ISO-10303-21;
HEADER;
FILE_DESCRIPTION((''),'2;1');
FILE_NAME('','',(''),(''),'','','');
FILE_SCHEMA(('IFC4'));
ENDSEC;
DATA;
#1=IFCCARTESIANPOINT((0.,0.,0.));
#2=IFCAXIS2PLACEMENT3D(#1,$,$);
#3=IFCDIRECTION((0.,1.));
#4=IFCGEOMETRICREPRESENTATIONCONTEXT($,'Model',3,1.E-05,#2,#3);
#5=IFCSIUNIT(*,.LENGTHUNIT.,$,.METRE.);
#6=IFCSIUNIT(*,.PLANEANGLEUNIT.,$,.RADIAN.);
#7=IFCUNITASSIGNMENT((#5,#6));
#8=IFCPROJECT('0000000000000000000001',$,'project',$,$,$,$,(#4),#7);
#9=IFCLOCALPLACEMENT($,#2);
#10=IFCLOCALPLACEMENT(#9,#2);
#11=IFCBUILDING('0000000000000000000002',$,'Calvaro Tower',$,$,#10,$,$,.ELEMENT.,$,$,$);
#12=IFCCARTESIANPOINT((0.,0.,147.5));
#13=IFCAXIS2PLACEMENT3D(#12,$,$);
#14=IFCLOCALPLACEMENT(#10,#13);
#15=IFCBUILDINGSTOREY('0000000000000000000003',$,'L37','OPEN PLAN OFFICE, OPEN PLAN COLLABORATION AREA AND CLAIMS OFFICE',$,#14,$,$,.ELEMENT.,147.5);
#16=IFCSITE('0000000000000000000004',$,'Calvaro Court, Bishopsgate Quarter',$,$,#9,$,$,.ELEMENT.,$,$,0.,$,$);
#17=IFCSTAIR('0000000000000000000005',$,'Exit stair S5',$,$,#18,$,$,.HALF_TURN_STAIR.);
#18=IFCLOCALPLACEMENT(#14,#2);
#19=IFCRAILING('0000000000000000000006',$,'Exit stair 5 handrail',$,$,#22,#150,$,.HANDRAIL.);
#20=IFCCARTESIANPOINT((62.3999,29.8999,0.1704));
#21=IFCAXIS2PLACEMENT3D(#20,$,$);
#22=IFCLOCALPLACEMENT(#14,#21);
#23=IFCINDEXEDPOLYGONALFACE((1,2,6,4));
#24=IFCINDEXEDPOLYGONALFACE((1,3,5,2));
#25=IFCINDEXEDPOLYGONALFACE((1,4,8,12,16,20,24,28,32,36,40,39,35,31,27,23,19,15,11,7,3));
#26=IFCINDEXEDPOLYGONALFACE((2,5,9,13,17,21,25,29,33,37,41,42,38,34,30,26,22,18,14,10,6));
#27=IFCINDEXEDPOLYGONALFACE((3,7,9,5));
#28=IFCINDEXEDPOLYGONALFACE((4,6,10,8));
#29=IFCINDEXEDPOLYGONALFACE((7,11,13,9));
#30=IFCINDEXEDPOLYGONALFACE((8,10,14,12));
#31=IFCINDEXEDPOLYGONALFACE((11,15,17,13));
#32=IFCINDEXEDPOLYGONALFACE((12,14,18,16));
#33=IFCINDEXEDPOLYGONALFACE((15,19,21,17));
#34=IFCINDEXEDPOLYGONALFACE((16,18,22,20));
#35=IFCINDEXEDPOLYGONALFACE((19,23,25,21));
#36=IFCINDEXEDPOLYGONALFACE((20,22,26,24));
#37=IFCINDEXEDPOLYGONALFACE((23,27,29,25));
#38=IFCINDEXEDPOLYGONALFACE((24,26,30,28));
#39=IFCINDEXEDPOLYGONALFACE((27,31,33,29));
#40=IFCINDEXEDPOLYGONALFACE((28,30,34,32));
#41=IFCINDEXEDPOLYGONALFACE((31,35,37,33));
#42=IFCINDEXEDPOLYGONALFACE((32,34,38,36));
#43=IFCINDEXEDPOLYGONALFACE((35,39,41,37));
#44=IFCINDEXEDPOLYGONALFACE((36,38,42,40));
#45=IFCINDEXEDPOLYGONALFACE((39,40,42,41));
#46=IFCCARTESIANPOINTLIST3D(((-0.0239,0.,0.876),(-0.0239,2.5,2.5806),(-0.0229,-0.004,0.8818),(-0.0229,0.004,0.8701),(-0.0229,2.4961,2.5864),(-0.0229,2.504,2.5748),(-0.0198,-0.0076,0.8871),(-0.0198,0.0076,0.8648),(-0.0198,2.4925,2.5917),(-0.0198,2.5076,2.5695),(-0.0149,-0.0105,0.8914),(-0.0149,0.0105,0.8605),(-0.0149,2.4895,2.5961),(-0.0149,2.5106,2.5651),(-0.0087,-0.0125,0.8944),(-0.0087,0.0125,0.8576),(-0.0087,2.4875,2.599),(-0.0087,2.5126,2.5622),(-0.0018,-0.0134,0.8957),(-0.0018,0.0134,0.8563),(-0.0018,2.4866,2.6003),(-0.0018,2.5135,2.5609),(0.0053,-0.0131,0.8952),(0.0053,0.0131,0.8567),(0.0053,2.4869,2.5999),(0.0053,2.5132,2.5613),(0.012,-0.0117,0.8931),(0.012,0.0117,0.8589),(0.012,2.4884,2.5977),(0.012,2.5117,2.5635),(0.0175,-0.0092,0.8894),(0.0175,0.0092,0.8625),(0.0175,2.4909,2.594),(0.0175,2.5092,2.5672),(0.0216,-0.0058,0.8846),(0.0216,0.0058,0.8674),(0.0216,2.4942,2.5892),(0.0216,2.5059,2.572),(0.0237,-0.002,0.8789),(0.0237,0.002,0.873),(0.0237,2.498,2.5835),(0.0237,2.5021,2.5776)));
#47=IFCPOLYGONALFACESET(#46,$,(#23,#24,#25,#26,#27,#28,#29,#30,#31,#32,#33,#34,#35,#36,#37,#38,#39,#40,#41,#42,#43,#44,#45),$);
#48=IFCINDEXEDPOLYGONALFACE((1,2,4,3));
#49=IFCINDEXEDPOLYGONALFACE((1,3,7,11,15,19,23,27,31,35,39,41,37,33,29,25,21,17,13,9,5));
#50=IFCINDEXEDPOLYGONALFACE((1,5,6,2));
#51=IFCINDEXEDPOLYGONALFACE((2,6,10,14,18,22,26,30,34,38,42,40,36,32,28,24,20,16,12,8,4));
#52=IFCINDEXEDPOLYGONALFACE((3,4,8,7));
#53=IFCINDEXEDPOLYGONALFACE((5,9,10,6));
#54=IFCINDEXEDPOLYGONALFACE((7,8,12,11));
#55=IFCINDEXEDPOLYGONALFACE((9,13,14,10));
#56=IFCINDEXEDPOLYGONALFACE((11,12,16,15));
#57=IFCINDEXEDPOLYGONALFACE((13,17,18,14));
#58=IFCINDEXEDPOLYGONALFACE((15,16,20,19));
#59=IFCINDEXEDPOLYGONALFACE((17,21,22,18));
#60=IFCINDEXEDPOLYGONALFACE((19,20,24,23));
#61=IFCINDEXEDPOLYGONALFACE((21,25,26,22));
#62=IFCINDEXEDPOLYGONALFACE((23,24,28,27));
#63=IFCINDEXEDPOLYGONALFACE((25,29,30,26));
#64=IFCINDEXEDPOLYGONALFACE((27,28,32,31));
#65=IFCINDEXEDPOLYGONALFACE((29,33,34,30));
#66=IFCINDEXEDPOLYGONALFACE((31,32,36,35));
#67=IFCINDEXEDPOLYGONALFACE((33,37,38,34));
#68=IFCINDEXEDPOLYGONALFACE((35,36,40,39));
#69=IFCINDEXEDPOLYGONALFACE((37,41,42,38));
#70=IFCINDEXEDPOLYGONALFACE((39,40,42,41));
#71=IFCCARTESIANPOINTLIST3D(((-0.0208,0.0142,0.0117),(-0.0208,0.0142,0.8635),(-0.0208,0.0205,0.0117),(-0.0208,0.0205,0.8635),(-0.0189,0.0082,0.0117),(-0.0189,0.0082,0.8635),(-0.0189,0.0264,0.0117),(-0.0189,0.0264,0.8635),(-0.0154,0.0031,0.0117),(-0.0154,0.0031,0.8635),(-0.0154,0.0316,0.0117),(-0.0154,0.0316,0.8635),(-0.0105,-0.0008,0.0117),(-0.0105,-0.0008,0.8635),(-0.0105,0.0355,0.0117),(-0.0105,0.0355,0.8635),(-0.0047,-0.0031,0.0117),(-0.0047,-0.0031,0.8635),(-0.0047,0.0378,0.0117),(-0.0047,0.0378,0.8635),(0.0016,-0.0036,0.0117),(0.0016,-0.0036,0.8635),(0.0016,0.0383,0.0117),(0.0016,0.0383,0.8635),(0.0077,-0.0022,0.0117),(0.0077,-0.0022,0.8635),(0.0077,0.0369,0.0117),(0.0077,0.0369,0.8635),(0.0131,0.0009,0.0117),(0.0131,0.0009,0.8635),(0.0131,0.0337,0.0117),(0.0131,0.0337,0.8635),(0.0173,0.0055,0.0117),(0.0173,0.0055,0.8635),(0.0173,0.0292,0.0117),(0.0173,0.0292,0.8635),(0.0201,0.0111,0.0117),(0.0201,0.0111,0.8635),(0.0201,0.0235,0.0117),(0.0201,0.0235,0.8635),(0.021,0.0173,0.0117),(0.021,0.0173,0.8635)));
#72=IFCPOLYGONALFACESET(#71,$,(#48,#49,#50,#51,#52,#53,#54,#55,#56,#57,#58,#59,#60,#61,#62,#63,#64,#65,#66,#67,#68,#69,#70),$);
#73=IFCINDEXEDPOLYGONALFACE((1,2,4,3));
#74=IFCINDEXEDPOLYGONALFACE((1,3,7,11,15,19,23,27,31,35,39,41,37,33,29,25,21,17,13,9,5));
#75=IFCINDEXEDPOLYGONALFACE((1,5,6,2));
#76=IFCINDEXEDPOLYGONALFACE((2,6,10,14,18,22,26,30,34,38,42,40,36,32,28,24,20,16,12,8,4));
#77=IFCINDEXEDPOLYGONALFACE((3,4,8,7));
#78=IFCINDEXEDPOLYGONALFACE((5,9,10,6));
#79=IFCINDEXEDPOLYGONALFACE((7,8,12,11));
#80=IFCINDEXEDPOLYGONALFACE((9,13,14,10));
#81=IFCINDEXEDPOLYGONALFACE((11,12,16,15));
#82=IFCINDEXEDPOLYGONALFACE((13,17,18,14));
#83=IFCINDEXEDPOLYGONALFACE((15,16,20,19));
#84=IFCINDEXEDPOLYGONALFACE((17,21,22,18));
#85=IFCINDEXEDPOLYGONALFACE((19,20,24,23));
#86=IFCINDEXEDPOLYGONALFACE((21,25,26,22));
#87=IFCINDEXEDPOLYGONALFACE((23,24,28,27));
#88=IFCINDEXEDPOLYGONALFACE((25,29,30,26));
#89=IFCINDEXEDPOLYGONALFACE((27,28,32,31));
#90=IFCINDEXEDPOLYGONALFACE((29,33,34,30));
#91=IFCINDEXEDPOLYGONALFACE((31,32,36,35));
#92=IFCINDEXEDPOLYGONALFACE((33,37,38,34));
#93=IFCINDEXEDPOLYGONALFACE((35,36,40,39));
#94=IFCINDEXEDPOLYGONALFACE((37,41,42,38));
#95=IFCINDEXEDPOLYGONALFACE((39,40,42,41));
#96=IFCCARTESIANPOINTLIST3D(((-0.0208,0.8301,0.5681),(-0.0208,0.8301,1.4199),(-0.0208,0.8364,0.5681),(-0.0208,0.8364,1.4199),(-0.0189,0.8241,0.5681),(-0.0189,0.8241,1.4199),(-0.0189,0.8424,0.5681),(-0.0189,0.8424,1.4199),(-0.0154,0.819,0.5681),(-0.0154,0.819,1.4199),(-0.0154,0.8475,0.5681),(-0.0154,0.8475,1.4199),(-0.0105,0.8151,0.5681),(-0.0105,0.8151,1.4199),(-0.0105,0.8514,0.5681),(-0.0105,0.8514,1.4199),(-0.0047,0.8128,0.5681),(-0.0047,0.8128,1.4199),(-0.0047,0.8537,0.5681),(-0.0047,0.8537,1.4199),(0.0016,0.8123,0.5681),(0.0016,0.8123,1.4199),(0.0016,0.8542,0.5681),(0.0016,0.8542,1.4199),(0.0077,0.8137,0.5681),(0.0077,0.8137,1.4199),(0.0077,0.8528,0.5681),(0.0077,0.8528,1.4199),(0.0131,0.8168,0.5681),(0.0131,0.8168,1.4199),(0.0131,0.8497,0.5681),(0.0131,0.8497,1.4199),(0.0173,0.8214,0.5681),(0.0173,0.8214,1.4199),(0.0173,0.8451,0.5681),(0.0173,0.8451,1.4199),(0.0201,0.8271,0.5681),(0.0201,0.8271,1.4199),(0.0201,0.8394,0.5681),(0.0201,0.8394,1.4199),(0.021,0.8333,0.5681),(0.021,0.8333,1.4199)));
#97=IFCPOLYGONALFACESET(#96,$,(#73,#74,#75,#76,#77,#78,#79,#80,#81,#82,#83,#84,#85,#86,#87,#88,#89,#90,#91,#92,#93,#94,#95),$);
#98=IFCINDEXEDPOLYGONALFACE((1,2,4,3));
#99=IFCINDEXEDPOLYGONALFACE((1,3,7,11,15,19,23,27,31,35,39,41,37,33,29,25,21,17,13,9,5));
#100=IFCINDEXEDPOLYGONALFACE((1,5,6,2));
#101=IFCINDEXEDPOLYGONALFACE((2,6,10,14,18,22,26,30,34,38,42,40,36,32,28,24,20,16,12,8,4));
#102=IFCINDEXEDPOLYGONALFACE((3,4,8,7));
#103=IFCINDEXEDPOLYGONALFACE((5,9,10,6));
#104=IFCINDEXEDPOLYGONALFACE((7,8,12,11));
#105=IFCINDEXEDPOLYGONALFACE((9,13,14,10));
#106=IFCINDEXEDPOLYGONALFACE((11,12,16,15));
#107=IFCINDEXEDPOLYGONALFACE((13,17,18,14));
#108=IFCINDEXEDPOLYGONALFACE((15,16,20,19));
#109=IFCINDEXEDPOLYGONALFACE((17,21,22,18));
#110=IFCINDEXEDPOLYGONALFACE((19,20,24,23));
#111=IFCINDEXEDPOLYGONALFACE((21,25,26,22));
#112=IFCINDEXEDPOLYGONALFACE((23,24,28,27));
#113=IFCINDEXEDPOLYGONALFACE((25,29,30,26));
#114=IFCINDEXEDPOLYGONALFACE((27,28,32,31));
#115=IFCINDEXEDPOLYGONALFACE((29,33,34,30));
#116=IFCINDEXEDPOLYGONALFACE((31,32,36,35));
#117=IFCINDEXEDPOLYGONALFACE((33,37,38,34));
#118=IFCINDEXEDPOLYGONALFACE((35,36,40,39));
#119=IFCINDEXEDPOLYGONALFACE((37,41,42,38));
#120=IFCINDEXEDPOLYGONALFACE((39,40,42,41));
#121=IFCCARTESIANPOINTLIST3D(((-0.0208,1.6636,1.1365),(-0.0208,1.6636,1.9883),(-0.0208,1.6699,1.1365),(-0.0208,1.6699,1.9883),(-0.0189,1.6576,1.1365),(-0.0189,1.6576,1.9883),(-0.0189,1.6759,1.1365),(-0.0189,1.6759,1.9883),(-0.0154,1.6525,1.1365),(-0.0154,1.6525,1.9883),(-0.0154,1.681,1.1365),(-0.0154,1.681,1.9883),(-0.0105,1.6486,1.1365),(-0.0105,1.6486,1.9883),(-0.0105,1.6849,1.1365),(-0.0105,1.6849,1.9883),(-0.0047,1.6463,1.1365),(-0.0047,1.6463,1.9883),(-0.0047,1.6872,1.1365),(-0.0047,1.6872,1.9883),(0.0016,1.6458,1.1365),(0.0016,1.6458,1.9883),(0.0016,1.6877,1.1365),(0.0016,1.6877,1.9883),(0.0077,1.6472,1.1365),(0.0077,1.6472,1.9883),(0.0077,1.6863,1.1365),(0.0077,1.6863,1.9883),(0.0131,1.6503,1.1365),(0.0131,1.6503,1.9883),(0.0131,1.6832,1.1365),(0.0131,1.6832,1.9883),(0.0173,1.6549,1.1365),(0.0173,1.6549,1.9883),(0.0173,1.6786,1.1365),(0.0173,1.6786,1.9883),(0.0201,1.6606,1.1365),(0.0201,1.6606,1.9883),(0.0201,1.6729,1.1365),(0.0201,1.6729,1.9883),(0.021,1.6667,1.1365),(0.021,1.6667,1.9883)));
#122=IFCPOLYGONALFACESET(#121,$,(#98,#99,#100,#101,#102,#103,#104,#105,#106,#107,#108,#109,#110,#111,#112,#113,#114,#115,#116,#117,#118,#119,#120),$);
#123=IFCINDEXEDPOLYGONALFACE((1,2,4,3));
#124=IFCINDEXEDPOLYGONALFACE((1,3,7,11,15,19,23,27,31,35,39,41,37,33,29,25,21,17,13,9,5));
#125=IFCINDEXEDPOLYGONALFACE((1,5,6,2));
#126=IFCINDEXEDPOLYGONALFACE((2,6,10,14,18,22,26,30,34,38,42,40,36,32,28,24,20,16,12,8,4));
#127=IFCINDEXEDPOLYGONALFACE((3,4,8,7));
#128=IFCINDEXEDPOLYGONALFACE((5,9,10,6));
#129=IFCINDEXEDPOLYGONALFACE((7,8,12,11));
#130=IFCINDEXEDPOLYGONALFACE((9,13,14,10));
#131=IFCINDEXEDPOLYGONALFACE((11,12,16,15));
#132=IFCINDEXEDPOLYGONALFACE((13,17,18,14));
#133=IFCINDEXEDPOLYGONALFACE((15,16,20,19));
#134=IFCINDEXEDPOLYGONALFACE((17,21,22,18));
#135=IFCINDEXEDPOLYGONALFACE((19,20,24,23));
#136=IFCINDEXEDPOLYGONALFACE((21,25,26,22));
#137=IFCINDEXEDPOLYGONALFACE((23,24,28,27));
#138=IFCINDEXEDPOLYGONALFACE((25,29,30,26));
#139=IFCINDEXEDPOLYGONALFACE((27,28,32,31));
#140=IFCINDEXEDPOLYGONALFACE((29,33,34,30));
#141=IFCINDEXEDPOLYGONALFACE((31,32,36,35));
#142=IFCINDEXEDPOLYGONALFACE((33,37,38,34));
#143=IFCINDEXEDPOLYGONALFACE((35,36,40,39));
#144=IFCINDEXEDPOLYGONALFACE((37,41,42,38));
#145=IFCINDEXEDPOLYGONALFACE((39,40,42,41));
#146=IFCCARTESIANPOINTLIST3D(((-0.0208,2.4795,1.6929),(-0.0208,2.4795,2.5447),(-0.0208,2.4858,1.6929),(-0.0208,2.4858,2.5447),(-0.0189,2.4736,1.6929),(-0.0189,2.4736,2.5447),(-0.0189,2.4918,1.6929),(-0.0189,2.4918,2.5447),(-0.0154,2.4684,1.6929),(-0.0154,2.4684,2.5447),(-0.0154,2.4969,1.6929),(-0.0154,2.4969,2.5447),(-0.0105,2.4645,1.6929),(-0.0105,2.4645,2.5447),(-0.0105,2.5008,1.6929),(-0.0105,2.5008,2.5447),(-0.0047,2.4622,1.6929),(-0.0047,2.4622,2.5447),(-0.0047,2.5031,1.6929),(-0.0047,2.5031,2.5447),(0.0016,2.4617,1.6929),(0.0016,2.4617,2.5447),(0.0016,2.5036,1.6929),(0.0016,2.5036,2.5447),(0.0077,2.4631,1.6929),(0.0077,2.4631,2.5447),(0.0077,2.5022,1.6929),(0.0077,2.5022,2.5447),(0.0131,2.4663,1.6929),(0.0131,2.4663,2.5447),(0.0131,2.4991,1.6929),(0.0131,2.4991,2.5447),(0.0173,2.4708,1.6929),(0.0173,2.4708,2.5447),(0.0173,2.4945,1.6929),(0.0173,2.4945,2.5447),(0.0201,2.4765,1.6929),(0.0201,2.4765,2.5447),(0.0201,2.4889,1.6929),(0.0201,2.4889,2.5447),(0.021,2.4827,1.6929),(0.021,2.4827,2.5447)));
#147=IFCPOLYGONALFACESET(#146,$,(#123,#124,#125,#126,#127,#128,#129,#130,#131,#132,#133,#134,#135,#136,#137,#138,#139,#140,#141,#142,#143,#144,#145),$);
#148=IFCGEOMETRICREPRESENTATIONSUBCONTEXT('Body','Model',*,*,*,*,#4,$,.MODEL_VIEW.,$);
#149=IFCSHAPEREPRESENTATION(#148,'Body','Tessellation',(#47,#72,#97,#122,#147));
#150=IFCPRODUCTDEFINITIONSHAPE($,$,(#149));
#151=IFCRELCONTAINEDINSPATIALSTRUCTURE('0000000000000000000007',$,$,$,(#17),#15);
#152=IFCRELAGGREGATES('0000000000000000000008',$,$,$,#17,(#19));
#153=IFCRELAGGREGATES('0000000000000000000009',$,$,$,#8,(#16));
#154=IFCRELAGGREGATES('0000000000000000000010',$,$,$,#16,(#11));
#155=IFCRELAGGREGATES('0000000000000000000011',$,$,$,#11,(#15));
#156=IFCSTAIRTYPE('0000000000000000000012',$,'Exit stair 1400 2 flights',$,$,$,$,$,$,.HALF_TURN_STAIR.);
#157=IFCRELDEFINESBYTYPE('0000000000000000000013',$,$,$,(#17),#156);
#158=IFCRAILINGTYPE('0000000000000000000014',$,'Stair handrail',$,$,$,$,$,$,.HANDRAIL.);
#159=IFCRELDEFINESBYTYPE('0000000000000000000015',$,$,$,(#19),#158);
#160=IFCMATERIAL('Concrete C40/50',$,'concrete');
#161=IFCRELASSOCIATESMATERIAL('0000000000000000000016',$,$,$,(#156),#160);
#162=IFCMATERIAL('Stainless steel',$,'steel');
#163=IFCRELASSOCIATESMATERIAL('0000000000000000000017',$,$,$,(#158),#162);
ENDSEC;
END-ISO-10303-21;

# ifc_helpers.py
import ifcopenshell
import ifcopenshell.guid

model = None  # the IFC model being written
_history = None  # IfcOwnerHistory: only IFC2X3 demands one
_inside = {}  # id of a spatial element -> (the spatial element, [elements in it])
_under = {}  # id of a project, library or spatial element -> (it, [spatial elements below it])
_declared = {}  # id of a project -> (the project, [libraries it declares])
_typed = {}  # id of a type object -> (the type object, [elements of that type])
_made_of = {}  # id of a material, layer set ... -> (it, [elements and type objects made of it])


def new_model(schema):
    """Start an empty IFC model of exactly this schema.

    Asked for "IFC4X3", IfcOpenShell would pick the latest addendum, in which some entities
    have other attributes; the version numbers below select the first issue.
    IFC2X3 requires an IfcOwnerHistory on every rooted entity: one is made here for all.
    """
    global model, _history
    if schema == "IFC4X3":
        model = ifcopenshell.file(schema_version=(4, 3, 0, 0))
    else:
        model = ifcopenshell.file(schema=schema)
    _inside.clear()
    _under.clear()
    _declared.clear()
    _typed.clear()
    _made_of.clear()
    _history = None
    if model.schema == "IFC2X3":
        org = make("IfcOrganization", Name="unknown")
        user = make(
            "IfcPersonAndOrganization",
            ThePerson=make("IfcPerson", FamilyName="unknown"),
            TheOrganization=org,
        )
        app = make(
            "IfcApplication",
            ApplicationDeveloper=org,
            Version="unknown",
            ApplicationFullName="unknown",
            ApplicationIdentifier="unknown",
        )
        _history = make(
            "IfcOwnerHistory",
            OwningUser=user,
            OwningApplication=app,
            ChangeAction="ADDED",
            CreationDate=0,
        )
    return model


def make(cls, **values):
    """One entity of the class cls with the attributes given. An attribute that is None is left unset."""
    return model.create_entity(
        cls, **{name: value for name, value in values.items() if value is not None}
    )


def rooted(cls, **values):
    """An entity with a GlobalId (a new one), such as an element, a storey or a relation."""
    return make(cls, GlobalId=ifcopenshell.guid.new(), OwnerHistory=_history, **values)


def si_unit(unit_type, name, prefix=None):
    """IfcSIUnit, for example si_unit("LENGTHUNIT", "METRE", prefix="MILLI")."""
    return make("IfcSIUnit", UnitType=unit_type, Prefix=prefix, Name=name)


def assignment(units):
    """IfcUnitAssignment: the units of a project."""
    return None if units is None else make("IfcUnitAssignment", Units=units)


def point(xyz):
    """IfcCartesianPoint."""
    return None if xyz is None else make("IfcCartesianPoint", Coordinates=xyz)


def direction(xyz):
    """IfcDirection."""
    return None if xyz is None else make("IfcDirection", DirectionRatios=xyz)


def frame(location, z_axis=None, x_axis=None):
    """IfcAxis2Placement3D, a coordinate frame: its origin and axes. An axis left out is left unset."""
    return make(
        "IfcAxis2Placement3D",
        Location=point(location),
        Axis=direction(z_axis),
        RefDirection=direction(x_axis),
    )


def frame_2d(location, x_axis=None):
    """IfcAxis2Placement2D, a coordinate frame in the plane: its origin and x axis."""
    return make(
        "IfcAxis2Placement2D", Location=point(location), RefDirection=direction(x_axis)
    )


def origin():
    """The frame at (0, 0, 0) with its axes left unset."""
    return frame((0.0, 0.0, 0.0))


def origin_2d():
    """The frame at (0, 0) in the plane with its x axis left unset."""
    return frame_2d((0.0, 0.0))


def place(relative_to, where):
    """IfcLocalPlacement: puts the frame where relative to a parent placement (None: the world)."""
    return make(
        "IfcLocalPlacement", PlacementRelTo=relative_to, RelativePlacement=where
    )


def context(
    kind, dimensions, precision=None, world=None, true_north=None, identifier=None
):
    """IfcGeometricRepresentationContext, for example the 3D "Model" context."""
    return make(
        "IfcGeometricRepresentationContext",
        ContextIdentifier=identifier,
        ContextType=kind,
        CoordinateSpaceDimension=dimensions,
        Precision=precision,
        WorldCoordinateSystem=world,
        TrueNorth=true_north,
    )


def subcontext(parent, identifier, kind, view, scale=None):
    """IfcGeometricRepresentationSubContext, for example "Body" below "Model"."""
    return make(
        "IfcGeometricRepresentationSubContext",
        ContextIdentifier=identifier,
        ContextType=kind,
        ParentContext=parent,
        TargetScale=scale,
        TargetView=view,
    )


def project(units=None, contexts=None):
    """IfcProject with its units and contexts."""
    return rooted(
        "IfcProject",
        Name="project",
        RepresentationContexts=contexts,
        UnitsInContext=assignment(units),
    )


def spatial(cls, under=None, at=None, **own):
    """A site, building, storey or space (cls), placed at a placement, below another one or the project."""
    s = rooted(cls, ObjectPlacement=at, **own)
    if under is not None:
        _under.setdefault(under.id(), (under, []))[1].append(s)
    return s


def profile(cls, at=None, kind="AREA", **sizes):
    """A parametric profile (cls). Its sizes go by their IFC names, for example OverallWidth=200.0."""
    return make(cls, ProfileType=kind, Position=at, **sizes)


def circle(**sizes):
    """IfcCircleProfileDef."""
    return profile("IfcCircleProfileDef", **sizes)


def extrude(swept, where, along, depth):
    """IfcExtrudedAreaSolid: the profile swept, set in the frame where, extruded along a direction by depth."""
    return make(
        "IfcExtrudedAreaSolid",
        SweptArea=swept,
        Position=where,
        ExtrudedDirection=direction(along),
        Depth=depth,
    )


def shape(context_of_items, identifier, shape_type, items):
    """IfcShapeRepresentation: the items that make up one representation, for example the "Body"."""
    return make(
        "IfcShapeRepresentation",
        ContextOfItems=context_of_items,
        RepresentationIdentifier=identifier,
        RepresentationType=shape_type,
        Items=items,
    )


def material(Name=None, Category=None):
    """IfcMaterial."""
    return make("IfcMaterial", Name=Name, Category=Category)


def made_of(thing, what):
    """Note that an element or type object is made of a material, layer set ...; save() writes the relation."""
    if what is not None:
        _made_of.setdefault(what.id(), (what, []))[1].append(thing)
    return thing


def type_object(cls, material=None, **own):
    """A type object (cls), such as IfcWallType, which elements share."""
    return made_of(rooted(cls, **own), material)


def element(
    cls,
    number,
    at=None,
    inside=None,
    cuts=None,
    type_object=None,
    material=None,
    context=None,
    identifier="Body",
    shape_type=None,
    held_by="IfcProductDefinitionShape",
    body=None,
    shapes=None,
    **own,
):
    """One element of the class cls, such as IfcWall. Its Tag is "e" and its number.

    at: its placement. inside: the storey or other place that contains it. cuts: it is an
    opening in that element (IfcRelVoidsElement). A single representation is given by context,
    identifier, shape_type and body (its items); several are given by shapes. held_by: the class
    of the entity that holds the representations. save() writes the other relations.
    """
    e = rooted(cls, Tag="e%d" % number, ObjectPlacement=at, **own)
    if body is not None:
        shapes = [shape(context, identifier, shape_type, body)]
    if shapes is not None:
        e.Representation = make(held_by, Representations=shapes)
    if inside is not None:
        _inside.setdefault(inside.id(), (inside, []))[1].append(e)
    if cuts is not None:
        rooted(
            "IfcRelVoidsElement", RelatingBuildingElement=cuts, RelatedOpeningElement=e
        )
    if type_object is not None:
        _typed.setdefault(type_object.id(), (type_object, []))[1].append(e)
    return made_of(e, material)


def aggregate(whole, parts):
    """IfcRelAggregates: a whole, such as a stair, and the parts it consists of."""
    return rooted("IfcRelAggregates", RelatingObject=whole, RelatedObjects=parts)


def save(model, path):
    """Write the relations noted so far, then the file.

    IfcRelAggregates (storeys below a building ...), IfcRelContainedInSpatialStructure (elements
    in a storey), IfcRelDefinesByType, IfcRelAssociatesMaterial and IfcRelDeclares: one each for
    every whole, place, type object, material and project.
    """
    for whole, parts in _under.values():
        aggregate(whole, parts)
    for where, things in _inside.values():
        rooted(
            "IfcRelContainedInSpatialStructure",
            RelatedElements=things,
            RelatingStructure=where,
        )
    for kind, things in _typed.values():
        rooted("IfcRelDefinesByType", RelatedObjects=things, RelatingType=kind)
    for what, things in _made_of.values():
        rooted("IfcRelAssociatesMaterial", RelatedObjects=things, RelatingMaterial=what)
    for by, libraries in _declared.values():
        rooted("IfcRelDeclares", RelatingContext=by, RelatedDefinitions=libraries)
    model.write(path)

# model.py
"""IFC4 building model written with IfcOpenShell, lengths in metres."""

from ifc_helpers import new_model, si_unit, direction, frame, origin, origin_2d, place, context, subcontext, project, spatial, circle, extrude, material, type_object, element, aggregate, save


model = new_model("IFC4")

# Units and contexts
model_context = context("Model", 3, precision=1e-05, world=origin(), true_north=direction((0.0, 1.0)))
body_context = subcontext(model_context, "Body", "Model", "MODEL_VIEW")
ifc_project = project(units=[si_unit("LENGTHUNIT", "METRE"), si_unit("PLANEANGLEUNIT", "RADIAN")], contexts=[model_context])

# Site, building, storey
site_placement = place(None, origin())
site = spatial("IfcSite", under=ifc_project, at=site_placement, Name="Calvaro Court, Bishopsgate Quarter", CompositionType="ELEMENT", RefElevation=0.0)
building_placement = place(site_placement, origin())
building = spatial("IfcBuilding", under=site, at=building_placement, Name="Calvaro Tower", CompositionType="ELEMENT")
storey_placement = place(building_placement, frame((0.0, 0.0, 147.5)))
storey = spatial("IfcBuildingStorey", under=building, at=storey_placement, Name="L37", Description="OPEN PLAN OFFICE, OPEN PLAN COLLABORATION AREA AND CLAIMS OFFICE", CompositionType="ELEMENT", Elevation=147.5)

# Stair, railing
ifc_material_1 = material(Name="Concrete C40/50", Category="concrete")
stair_type = type_object("IfcStairType", Name="Exit stair 1400 2 flights", PredefinedType="HALF_TURN_STAIR", material=ifc_material_1)
stair_placement = place(storey_placement, origin())
stair = element("IfcStair", 1, at=stair_placement, inside=storey, type_object=stair_type, Name="Exit stair S5", PredefinedType="HALF_TURN_STAIR")
ifc_material_2 = material(Name="Stainless steel", Category="steel")
railing_type = type_object("IfcRailingType", Name="Stair handrail", PredefinedType="HANDRAIL", material=ifc_material_2)
railing_1_placement = place(storey_placement, frame((62.3999, 29.8999, 0.1704)))
railing_1 = element("IfcRailing", 2, at=railing_1_placement, type_object=railing_type, Name="Exit stair 5 handrail", PredefinedType="HANDRAIL", context=body_context, shape_type="SweptSolid", body=[
    extrude(circle(Radius=0.0239, at=origin_2d()), frame((0.0, 0.0, 0.876), z_axis=(0.0, 0.826221, 0.563347), x_axis=(-1.0, 0.0, 0.0)), (0.0, 0.0, 1.0), 3.0259),
    extrude(circle(Radius=0.021, at=origin_2d()), frame((0.0, 0.0173, 0.0117)), (0.0, 0.0, 1.0), 0.8518),
    extrude(circle(Radius=0.021, at=origin_2d()), frame((0.0, 0.8333, 0.5681)), (0.0, 0.0, 1.0), 0.8518),
    extrude(circle(Radius=0.021, at=origin_2d()), frame((0.0, 1.6667, 1.1365)), (0.0, 0.0, 1.0), 0.8518),
    extrude(circle(Radius=0.021, at=origin_2d()), frame((0.0, 2.4827, 1.6929)), (0.0, 0.0, 1.0), 0.8518),
])
aggregate(stair, [railing_1])

save(model, "model.ifc")
